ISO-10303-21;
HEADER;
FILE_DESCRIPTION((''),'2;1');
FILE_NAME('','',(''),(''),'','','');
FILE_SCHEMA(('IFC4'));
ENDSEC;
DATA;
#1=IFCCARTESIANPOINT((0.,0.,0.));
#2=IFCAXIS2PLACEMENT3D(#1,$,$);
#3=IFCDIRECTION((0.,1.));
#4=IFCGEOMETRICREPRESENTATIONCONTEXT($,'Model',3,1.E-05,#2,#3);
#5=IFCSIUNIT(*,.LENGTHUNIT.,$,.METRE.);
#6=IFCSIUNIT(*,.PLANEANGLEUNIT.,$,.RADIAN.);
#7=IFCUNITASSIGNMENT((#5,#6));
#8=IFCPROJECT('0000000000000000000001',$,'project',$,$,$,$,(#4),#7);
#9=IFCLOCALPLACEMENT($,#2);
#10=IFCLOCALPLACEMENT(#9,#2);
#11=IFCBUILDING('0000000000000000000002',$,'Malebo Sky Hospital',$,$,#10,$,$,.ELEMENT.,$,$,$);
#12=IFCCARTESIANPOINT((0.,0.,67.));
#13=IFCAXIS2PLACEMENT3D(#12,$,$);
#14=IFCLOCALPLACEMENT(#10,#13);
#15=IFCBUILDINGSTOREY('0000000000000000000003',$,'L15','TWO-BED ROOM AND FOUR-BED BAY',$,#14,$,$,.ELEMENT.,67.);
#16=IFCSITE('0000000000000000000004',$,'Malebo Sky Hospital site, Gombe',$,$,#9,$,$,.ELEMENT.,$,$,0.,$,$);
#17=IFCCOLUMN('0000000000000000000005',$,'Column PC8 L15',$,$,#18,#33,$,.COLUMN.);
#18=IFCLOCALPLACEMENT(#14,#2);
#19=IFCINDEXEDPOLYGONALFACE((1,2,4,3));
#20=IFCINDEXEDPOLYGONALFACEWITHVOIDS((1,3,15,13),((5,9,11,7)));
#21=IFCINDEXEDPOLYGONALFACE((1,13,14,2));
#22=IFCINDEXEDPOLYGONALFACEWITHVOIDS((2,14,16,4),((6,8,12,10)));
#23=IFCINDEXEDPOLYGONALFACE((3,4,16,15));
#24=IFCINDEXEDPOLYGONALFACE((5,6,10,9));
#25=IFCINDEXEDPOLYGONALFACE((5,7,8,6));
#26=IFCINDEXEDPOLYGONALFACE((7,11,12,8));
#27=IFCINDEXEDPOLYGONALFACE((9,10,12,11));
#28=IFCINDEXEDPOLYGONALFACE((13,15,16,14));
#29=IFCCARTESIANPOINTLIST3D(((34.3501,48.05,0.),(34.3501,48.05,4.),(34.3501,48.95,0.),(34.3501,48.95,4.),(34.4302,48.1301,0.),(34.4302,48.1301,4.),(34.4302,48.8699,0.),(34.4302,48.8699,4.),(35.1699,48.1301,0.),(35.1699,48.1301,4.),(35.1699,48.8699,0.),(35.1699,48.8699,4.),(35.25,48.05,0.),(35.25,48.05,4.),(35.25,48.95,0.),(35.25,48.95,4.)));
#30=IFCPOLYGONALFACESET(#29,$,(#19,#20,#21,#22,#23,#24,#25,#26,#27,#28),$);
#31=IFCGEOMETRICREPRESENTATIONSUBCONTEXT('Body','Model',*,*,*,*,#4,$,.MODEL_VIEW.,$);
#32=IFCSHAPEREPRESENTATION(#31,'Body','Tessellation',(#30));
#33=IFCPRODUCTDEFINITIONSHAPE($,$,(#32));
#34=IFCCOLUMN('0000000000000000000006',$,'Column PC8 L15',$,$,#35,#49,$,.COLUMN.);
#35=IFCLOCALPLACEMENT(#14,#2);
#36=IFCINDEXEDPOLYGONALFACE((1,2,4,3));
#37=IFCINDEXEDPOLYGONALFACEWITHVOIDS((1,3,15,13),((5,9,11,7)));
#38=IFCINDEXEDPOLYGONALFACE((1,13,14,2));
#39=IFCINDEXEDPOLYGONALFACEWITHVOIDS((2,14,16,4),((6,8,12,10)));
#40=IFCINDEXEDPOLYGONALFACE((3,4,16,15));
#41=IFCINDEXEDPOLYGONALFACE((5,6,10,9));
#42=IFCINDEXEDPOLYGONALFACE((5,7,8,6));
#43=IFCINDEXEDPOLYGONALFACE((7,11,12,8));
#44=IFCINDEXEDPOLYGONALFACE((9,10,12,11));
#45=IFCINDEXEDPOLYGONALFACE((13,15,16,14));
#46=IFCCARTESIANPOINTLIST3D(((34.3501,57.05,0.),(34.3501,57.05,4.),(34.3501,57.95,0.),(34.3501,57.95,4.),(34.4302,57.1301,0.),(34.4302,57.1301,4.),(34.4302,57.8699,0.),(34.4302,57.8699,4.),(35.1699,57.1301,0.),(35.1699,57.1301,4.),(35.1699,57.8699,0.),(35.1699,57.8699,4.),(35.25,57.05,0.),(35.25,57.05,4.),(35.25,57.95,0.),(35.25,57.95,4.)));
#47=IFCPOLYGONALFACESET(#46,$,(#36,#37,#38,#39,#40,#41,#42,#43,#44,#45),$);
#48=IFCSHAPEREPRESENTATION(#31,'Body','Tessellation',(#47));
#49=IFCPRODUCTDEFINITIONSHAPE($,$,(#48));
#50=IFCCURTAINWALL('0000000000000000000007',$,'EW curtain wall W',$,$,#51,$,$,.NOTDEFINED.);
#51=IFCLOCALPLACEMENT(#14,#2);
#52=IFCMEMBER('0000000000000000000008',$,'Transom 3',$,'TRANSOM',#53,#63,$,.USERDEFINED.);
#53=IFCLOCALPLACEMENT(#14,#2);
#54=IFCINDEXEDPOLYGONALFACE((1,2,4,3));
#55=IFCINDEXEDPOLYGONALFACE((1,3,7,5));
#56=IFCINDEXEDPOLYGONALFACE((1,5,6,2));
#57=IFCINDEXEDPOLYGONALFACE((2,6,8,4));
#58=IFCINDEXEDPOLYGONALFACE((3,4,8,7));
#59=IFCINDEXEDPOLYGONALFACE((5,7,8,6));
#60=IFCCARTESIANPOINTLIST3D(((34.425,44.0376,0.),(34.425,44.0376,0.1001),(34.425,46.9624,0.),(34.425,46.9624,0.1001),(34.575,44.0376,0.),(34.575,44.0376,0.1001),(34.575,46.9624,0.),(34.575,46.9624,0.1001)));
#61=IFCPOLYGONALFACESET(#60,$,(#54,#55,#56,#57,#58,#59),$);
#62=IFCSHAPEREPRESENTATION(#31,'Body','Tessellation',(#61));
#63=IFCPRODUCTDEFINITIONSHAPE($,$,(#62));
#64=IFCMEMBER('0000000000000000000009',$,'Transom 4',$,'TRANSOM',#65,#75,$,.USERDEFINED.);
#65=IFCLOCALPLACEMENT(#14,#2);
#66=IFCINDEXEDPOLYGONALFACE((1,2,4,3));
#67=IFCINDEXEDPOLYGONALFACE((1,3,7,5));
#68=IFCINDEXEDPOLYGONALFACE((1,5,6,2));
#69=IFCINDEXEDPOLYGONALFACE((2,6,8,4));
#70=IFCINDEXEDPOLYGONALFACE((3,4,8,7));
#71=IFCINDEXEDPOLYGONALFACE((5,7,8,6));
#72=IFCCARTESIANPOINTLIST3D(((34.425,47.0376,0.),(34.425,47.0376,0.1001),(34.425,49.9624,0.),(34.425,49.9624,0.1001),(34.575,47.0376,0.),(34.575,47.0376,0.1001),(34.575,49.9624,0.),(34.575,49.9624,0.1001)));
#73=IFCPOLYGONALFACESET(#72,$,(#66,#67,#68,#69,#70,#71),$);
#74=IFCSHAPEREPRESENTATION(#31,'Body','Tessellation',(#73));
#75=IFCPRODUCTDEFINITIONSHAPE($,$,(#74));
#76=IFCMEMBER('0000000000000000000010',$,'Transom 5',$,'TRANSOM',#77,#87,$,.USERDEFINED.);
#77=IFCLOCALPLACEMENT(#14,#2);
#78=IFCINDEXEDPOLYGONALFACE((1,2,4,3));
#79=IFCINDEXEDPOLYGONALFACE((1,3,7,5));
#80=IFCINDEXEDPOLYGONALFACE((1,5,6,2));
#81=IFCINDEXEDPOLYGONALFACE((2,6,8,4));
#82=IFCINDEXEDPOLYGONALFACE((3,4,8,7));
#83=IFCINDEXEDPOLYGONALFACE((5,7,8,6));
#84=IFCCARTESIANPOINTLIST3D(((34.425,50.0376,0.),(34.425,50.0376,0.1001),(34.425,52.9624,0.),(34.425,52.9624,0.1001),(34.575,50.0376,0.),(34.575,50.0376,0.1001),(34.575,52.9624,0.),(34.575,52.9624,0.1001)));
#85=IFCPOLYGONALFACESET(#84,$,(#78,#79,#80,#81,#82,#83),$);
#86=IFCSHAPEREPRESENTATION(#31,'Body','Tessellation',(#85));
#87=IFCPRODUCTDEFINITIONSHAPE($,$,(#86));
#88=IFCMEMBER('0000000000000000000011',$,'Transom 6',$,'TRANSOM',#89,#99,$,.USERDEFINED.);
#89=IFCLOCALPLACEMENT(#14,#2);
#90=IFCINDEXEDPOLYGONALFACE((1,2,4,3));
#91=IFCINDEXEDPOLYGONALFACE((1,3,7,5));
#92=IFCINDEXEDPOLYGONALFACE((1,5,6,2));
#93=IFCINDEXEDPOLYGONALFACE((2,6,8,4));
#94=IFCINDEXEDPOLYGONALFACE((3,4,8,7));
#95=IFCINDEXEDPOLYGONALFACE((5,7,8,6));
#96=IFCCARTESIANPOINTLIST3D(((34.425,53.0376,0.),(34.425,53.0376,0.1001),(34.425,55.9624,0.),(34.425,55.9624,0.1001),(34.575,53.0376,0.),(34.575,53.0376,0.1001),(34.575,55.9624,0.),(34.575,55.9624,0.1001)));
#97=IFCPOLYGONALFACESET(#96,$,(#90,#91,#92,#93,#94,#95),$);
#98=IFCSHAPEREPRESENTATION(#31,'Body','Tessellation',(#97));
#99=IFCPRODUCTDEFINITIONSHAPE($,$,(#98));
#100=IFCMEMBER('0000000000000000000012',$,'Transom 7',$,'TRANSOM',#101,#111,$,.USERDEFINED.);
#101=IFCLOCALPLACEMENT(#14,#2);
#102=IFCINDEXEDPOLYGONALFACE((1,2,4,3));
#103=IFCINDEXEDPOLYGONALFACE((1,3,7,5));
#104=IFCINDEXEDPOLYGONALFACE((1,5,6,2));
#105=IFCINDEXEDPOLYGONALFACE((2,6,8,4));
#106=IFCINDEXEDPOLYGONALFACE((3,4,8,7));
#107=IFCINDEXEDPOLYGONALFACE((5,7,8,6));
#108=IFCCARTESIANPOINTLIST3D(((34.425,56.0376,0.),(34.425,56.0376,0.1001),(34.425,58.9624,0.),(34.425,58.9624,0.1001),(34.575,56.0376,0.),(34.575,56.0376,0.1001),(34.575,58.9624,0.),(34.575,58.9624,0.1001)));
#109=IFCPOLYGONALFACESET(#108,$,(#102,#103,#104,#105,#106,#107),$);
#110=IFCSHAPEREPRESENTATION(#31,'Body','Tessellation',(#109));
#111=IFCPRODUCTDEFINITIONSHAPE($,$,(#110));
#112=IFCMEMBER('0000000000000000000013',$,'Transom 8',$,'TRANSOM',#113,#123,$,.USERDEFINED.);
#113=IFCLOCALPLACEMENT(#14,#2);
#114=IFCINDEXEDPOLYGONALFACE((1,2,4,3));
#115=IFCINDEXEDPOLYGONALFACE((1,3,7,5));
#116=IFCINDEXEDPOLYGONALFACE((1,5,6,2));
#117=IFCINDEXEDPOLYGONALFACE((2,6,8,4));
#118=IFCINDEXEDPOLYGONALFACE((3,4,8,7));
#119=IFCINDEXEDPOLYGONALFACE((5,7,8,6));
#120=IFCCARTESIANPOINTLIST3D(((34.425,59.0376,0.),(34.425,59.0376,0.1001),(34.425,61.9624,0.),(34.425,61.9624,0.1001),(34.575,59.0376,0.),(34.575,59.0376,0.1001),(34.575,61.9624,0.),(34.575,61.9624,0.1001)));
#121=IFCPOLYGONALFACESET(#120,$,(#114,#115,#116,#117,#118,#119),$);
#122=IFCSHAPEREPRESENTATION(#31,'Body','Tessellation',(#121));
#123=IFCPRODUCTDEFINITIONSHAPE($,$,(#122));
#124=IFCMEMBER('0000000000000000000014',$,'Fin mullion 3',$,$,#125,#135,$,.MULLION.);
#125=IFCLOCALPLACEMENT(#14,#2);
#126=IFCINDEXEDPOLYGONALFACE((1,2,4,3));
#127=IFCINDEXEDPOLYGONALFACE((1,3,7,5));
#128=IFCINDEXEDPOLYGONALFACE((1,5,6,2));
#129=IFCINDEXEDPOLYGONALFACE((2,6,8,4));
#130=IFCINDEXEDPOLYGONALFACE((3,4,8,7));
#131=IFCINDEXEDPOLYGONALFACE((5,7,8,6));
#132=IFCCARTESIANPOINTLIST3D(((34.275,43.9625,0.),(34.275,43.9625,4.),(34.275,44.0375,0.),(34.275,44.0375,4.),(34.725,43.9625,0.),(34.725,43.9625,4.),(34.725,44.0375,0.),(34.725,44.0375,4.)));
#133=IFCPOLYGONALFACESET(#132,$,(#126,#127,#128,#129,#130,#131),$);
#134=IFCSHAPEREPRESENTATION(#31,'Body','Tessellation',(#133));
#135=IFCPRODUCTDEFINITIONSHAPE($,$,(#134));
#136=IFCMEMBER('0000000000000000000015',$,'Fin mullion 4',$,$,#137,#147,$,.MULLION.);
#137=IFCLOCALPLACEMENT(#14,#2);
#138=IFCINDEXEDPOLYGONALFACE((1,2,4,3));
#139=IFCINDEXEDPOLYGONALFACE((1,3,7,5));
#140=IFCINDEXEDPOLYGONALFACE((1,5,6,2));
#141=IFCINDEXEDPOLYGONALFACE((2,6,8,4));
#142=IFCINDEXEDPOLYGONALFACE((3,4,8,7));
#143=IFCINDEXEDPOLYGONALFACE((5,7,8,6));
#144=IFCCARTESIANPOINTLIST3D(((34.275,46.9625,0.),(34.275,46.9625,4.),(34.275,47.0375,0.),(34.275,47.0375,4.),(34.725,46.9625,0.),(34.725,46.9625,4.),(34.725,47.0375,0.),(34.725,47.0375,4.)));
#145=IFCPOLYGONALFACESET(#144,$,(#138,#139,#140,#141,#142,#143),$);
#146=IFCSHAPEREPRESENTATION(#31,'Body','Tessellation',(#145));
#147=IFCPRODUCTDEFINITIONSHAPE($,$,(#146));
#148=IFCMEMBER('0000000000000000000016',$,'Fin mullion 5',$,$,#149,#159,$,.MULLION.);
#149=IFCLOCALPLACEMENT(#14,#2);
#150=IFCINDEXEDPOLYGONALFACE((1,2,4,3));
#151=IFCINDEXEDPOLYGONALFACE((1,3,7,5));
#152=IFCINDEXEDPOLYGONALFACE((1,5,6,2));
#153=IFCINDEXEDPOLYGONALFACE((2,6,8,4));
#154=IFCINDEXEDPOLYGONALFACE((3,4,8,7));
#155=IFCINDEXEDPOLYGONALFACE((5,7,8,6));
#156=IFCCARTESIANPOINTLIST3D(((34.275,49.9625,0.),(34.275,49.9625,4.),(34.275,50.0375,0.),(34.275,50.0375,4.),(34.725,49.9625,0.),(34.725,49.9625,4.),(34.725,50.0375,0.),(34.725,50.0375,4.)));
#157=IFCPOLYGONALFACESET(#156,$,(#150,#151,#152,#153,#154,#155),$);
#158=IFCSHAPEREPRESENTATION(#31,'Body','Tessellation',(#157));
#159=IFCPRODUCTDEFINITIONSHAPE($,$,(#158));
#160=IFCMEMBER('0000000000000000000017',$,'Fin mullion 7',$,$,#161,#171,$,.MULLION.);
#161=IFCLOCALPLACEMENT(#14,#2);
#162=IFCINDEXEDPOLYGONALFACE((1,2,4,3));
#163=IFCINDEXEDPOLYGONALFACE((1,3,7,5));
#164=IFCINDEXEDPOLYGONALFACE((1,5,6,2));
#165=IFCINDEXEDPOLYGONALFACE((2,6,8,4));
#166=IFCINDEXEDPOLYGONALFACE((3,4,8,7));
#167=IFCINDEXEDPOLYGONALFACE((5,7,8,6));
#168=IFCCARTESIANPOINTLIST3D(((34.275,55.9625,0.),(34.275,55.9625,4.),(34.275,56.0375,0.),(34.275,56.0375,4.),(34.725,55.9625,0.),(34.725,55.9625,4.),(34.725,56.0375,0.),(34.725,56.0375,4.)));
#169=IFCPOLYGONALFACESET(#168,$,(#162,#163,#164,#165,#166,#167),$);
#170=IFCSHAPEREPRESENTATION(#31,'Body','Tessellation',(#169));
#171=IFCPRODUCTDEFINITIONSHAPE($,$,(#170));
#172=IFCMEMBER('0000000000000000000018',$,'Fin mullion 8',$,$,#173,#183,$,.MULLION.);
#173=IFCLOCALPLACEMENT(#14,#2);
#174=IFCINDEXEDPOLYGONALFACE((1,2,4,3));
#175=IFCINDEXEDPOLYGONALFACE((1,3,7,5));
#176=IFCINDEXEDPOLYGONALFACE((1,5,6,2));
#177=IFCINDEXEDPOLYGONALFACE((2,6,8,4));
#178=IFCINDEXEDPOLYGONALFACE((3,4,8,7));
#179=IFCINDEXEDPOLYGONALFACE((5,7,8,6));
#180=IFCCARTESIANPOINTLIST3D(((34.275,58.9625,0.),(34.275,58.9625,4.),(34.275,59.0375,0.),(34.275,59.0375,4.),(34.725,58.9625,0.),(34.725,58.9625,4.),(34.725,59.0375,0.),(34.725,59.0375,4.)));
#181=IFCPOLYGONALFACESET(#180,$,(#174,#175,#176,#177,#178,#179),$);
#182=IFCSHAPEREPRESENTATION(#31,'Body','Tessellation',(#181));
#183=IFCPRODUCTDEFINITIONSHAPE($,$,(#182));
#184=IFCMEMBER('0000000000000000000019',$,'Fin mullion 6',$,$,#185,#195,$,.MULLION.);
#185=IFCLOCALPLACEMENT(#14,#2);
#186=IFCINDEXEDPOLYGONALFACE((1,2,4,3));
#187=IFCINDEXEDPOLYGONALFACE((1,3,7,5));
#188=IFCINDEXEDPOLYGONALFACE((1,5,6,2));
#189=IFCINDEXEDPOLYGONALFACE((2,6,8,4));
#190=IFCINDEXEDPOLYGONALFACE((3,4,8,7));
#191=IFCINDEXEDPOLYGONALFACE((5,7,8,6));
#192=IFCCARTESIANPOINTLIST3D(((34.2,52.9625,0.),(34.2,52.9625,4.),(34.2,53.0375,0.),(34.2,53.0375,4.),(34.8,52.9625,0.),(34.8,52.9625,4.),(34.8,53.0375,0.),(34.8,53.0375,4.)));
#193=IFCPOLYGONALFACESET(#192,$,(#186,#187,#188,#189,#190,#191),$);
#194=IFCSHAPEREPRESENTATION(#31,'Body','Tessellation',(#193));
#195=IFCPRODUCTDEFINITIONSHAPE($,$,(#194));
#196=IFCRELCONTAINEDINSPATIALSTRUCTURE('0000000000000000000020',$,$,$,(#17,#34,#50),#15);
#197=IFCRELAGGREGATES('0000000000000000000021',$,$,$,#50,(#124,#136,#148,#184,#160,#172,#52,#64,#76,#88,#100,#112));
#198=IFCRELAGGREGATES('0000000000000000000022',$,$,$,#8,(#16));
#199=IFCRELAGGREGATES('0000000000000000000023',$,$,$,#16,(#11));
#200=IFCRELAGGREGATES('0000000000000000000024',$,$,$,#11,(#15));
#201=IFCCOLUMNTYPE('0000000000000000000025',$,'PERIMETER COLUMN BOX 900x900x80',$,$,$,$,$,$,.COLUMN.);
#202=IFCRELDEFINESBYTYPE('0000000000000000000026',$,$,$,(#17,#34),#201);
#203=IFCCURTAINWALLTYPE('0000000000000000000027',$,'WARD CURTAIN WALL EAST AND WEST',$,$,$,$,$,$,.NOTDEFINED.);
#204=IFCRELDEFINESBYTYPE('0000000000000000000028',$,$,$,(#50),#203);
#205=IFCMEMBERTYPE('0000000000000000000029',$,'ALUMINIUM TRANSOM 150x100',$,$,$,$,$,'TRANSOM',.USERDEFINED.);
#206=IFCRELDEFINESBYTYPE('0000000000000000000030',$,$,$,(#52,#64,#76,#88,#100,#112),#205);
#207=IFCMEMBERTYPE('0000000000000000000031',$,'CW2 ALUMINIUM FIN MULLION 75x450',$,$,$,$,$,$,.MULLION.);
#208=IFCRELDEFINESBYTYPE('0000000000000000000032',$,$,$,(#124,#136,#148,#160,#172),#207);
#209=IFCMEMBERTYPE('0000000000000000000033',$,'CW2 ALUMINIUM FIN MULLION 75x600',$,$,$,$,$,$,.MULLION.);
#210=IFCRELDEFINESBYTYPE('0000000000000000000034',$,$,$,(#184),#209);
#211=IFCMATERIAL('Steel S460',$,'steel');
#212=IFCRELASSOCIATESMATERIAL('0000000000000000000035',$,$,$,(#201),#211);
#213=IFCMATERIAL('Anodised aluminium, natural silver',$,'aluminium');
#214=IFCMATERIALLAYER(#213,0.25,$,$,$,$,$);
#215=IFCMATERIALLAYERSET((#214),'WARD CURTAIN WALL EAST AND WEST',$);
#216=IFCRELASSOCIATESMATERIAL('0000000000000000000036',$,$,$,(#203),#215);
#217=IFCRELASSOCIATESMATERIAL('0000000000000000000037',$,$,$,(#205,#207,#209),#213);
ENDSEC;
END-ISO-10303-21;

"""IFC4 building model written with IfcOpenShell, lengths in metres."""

from ifc_helpers import new_model, si_unit, direction, frame, origin, origin_2d, place, context, subcontext, project, spatial, rectangle, hollow_rectangle, extrude, material, layer, layer_set, material_profile, profile_set, type_object, element, aggregate, save


model = new_model("IFC4")

# Units and contexts
model_context = context("Model", 3, precision=1e-05, world=origin(), true_north=direction((0.0, 1.0)))
body_context = subcontext(model_context, "Body", "Model", "MODEL_VIEW")
ifc_project = project(units=[si_unit("LENGTHUNIT", "METRE"), si_unit("PLANEANGLEUNIT", "RADIAN")], contexts=[model_context])

# Site, building, storey
site_placement = place(None, origin())
site = spatial("IfcSite", under=ifc_project, at=site_placement, Name="Malebo Sky Hospital site, Gombe", CompositionType="ELEMENT", RefElevation=0.0)
building_placement = place(site_placement, origin())
building = spatial("IfcBuilding", under=site, at=building_placement, Name="Malebo Sky Hospital", CompositionType="ELEMENT")
storey_placement = place(building_placement, frame((0.0, 0.0, 67.0)))
storey = spatial("IfcBuildingStorey", under=building, at=storey_placement, Name="L15", Description="TWO-BED ROOM AND FOUR-BED BAY", CompositionType="ELEMENT", Elevation=67.0)

# Columns
ifc_material_1 = material(Name="Steel S460", Category="steel")
ifc_material_profile_1 = material_profile(ifc_material_1, hollow_rectangle(XDim=0.8999, YDim=0.8999, WallThickness=0.0801, at=origin_2d()), Name="BOX 900x900x80")
ifc_profile_set_1 = profile_set([ifc_material_profile_1], Name="Steel S460")
column_type = type_object("IfcColumnType", Name="PERIMETER COLUMN BOX 900x900x80", PredefinedType="COLUMN", material=ifc_profile_set_1)
for number, where, z_axis, x_axis, name in (
    (1, (34.8, 48.5, 0.0), (0.0, 0.0, 1.0), (1.0, 0.0, 0.0), "Column PC8 L15"),
    (2, (34.8, 57.5, 0.0), (0.0, 0.0, 1.0), (1.0, 0.0, 0.0), "Column PC8 L15"),
):
    element("IfcColumn", number, at=place(storey_placement, frame(where, z_axis=z_axis, x_axis=x_axis)), inside=storey, type_object=column_type, Name=name, PredefinedType="COLUMN", context=body_context, shape_type="SweptSolid", body=[
        extrude(hollow_rectangle(XDim=0.8999, YDim=0.8999, WallThickness=0.0801, at=origin_2d()), origin(), (0.0, 0.0, 1.0), 4.0),
    ])

# Curtain wall, members
ifc_material_2 = material(Name="Anodised aluminium, natural silver", Category="aluminium")
ifc_layer_1 = layer(ifc_material_2, 0.25)
ifc_layer_set_1 = layer_set([ifc_layer_1], Name="WARD CURTAIN WALL EAST AND WEST")
curtain_wall_type = type_object("IfcCurtainWallType", Name="WARD CURTAIN WALL EAST AND WEST", PredefinedType="NOTDEFINED", material=ifc_layer_set_1)
curtain_wall_placement = place(storey_placement, origin())
curtain_wall = element("IfcCurtainWall", 3, at=curtain_wall_placement, inside=storey, type_object=curtain_wall_type, Name="EW curtain wall W", PredefinedType="NOTDEFINED")
ifc_material_profile_2 = material_profile(ifc_material_2, rectangle(XDim=0.1499, YDim=0.1001, at=origin_2d()), Name="ALUMINIUM TRANSOM 150x100")
ifc_profile_set_2 = profile_set([ifc_material_profile_2], Name="Anodised aluminium, natural silver")
member_type_1 = type_object("IfcMemberType", Name="ALUMINIUM TRANSOM 150x100", ElementType="TRANSOM", PredefinedType="USERDEFINED", material=ifc_profile_set_2)
member_1_placement = place(storey_placement, frame((34.5, 44.0376, 0.05), z_axis=(0.0, 1.0, 0.0), x_axis=(-1.0, 0.0, 0.0)))
member_1 = element("IfcMember", 4, at=member_1_placement, type_object=member_type_1, Name="Transom 3", ObjectType="TRANSOM", PredefinedType="USERDEFINED", context=body_context, shape_type="SweptSolid", body=[
    extrude(rectangle(XDim=0.1499, YDim=0.1001, at=origin_2d()), origin(), (0.0, 0.0, 1.0), 2.9248),
])
member_2_placement = place(storey_placement, frame((34.5, 47.0376, 0.05), z_axis=(0.0, 1.0, 0.0), x_axis=(-1.0, 0.0, 0.0)))
member_2 = element("IfcMember", 5, at=member_2_placement, type_object=member_type_1, Name="Transom 4", ObjectType="TRANSOM", PredefinedType="USERDEFINED", context=body_context, shape_type="SweptSolid", body=[
    extrude(rectangle(XDim=0.1499, YDim=0.1001, at=origin_2d()), origin(), (0.0, 0.0, 1.0), 2.9248),
])
member_3_placement = place(storey_placement, frame((34.5, 50.0376, 0.05), z_axis=(0.0, 1.0, 0.0), x_axis=(-1.0, 0.0, 0.0)))
member_3 = element("IfcMember", 6, at=member_3_placement, type_object=member_type_1, Name="Transom 5", ObjectType="TRANSOM", PredefinedType="USERDEFINED", context=body_context, shape_type="SweptSolid", body=[
    extrude(rectangle(XDim=0.1499, YDim=0.1001, at=origin_2d()), origin(), (0.0, 0.0, 1.0), 2.9248),
])
member_4_placement = place(storey_placement, frame((34.5, 53.0376, 0.05), z_axis=(0.0, 1.0, 0.0), x_axis=(-1.0, 0.0, 0.0)))
member_4 = element("IfcMember", 7, at=member_4_placement, type_object=member_type_1, Name="Transom 6", ObjectType="TRANSOM", PredefinedType="USERDEFINED", context=body_context, shape_type="SweptSolid", body=[
    extrude(rectangle(XDim=0.1499, YDim=0.1001, at=origin_2d()), origin(), (0.0, 0.0, 1.0), 2.9248),
])
member_5_placement = place(storey_placement, frame((34.5, 56.0376, 0.05), z_axis=(0.0, 1.0, 0.0), x_axis=(-1.0, 0.0, 0.0)))
member_5 = element("IfcMember", 8, at=member_5_placement, type_object=member_type_1, Name="Transom 7", ObjectType="TRANSOM", PredefinedType="USERDEFINED", context=body_context, shape_type="SweptSolid", body=[
    extrude(rectangle(XDim=0.1499, YDim=0.1001, at=origin_2d()), origin(), (0.0, 0.0, 1.0), 2.9248),
])
member_6_placement = place(storey_placement, frame((34.5, 59.0376, 0.05), z_axis=(0.0, 1.0, 0.0), x_axis=(-1.0, 0.0, 0.0)))
member_6 = element("IfcMember", 9, at=member_6_placement, type_object=member_type_1, Name="Transom 8", ObjectType="TRANSOM", PredefinedType="USERDEFINED", context=body_context, shape_type="SweptSolid", body=[
    extrude(rectangle(XDim=0.1499, YDim=0.1001, at=origin_2d()), origin(), (0.0, 0.0, 1.0), 2.9248),
])
ifc_material_profile_3 = material_profile(ifc_material_2, rectangle(XDim=0.075, YDim=0.45, at=origin_2d()), Name="CW2 ALUMINIUM FIN MULLION 75x450")
ifc_profile_set_3 = profile_set([ifc_material_profile_3], Name="Anodised aluminium, natural silver")
member_type_2 = type_object("IfcMemberType", Name="CW2 ALUMINIUM FIN MULLION 75x450", PredefinedType="MULLION", material=ifc_profile_set_3)
member_7_placement = place(storey_placement, frame((34.5, 44.0, 0.0), z_axis=(0.0, 0.0, 1.0), x_axis=(0.0, 1.0, 0.0)))
member_7 = element("IfcMember", 10, at=member_7_placement, type_object=member_type_2, Name="Fin mullion 3", PredefinedType="MULLION", context=body_context, shape_type="SweptSolid", body=[
    extrude(rectangle(XDim=0.075, YDim=0.45, at=origin_2d()), origin(), (0.0, 0.0, 1.0), 4.0),
])
member_8_placement = place(storey_placement, frame((34.5, 47.0, 0.0), z_axis=(0.0, 0.0, 1.0), x_axis=(0.0, 1.0, 0.0)))
member_8 = element("IfcMember", 11, at=member_8_placement, type_object=member_type_2, Name="Fin mullion 4", PredefinedType="MULLION", context=body_context, shape_type="SweptSolid", body=[
    extrude(rectangle(XDim=0.075, YDim=0.45, at=origin_2d()), origin(), (0.0, 0.0, 1.0), 4.0),
])
member_9_placement = place(storey_placement, frame((34.5, 50.0, 0.0), z_axis=(0.0, 0.0, 1.0), x_axis=(0.0, 1.0, 0.0)))
member_9 = element("IfcMember", 12, at=member_9_placement, type_object=member_type_2, Name="Fin mullion 5", PredefinedType="MULLION", context=body_context, shape_type="SweptSolid", body=[
    extrude(rectangle(XDim=0.075, YDim=0.45, at=origin_2d()), origin(), (0.0, 0.0, 1.0), 4.0),
])
member_10_placement = place(storey_placement, frame((34.5, 56.0, 0.0), z_axis=(0.0, 0.0, 1.0), x_axis=(0.0, 1.0, 0.0)))
member_10 = element("IfcMember", 13, at=member_10_placement, type_object=member_type_2, Name="Fin mullion 7", PredefinedType="MULLION", context=body_context, shape_type="SweptSolid", body=[
    extrude(rectangle(XDim=0.075, YDim=0.45, at=origin_2d()), origin(), (0.0, 0.0, 1.0), 4.0),
])
member_11_placement = place(storey_placement, frame((34.5, 59.0, 0.0), z_axis=(0.0, 0.0, 1.0), x_axis=(0.0, 1.0, 0.0)))
member_11 = element("IfcMember", 14, at=member_11_placement, type_object=member_type_2, Name="Fin mullion 8", PredefinedType="MULLION", context=body_context, shape_type="SweptSolid", body=[
    extrude(rectangle(XDim=0.075, YDim=0.45, at=origin_2d()), origin(), (0.0, 0.0, 1.0), 4.0),
])
ifc_material_profile_4 = material_profile(ifc_material_2, rectangle(XDim=0.075, YDim=0.6001, at=origin_2d()), Name="CW2 ALUMINIUM FIN MULLION 75x600")
ifc_profile_set_4 = profile_set([ifc_material_profile_4], Name="Anodised aluminium, natural silver")
member_type_3 = type_object("IfcMemberType", Name="CW2 ALUMINIUM FIN MULLION 75x600", PredefinedType="MULLION", material=ifc_profile_set_4)
member_12_placement = place(storey_placement, frame((34.5, 53.0, 0.0), z_axis=(0.0, 0.0, 1.0), x_axis=(0.0, 1.0, 0.0)))
member_12 = element("IfcMember", 15, at=member_12_placement, type_object=member_type_3, Name="Fin mullion 6", PredefinedType="MULLION", context=body_context, shape_type="SweptSolid", body=[
    extrude(rectangle(XDim=0.075, YDim=0.6001, at=origin_2d()), origin(), (0.0, 0.0, 1.0), 4.0),
])

aggregate(curtain_wall, [member_7, member_8, member_9, member_12, member_10, member_11, member_1, member_2, member_3, member_4, member_5, member_6])

save(model, "model.ifc")
